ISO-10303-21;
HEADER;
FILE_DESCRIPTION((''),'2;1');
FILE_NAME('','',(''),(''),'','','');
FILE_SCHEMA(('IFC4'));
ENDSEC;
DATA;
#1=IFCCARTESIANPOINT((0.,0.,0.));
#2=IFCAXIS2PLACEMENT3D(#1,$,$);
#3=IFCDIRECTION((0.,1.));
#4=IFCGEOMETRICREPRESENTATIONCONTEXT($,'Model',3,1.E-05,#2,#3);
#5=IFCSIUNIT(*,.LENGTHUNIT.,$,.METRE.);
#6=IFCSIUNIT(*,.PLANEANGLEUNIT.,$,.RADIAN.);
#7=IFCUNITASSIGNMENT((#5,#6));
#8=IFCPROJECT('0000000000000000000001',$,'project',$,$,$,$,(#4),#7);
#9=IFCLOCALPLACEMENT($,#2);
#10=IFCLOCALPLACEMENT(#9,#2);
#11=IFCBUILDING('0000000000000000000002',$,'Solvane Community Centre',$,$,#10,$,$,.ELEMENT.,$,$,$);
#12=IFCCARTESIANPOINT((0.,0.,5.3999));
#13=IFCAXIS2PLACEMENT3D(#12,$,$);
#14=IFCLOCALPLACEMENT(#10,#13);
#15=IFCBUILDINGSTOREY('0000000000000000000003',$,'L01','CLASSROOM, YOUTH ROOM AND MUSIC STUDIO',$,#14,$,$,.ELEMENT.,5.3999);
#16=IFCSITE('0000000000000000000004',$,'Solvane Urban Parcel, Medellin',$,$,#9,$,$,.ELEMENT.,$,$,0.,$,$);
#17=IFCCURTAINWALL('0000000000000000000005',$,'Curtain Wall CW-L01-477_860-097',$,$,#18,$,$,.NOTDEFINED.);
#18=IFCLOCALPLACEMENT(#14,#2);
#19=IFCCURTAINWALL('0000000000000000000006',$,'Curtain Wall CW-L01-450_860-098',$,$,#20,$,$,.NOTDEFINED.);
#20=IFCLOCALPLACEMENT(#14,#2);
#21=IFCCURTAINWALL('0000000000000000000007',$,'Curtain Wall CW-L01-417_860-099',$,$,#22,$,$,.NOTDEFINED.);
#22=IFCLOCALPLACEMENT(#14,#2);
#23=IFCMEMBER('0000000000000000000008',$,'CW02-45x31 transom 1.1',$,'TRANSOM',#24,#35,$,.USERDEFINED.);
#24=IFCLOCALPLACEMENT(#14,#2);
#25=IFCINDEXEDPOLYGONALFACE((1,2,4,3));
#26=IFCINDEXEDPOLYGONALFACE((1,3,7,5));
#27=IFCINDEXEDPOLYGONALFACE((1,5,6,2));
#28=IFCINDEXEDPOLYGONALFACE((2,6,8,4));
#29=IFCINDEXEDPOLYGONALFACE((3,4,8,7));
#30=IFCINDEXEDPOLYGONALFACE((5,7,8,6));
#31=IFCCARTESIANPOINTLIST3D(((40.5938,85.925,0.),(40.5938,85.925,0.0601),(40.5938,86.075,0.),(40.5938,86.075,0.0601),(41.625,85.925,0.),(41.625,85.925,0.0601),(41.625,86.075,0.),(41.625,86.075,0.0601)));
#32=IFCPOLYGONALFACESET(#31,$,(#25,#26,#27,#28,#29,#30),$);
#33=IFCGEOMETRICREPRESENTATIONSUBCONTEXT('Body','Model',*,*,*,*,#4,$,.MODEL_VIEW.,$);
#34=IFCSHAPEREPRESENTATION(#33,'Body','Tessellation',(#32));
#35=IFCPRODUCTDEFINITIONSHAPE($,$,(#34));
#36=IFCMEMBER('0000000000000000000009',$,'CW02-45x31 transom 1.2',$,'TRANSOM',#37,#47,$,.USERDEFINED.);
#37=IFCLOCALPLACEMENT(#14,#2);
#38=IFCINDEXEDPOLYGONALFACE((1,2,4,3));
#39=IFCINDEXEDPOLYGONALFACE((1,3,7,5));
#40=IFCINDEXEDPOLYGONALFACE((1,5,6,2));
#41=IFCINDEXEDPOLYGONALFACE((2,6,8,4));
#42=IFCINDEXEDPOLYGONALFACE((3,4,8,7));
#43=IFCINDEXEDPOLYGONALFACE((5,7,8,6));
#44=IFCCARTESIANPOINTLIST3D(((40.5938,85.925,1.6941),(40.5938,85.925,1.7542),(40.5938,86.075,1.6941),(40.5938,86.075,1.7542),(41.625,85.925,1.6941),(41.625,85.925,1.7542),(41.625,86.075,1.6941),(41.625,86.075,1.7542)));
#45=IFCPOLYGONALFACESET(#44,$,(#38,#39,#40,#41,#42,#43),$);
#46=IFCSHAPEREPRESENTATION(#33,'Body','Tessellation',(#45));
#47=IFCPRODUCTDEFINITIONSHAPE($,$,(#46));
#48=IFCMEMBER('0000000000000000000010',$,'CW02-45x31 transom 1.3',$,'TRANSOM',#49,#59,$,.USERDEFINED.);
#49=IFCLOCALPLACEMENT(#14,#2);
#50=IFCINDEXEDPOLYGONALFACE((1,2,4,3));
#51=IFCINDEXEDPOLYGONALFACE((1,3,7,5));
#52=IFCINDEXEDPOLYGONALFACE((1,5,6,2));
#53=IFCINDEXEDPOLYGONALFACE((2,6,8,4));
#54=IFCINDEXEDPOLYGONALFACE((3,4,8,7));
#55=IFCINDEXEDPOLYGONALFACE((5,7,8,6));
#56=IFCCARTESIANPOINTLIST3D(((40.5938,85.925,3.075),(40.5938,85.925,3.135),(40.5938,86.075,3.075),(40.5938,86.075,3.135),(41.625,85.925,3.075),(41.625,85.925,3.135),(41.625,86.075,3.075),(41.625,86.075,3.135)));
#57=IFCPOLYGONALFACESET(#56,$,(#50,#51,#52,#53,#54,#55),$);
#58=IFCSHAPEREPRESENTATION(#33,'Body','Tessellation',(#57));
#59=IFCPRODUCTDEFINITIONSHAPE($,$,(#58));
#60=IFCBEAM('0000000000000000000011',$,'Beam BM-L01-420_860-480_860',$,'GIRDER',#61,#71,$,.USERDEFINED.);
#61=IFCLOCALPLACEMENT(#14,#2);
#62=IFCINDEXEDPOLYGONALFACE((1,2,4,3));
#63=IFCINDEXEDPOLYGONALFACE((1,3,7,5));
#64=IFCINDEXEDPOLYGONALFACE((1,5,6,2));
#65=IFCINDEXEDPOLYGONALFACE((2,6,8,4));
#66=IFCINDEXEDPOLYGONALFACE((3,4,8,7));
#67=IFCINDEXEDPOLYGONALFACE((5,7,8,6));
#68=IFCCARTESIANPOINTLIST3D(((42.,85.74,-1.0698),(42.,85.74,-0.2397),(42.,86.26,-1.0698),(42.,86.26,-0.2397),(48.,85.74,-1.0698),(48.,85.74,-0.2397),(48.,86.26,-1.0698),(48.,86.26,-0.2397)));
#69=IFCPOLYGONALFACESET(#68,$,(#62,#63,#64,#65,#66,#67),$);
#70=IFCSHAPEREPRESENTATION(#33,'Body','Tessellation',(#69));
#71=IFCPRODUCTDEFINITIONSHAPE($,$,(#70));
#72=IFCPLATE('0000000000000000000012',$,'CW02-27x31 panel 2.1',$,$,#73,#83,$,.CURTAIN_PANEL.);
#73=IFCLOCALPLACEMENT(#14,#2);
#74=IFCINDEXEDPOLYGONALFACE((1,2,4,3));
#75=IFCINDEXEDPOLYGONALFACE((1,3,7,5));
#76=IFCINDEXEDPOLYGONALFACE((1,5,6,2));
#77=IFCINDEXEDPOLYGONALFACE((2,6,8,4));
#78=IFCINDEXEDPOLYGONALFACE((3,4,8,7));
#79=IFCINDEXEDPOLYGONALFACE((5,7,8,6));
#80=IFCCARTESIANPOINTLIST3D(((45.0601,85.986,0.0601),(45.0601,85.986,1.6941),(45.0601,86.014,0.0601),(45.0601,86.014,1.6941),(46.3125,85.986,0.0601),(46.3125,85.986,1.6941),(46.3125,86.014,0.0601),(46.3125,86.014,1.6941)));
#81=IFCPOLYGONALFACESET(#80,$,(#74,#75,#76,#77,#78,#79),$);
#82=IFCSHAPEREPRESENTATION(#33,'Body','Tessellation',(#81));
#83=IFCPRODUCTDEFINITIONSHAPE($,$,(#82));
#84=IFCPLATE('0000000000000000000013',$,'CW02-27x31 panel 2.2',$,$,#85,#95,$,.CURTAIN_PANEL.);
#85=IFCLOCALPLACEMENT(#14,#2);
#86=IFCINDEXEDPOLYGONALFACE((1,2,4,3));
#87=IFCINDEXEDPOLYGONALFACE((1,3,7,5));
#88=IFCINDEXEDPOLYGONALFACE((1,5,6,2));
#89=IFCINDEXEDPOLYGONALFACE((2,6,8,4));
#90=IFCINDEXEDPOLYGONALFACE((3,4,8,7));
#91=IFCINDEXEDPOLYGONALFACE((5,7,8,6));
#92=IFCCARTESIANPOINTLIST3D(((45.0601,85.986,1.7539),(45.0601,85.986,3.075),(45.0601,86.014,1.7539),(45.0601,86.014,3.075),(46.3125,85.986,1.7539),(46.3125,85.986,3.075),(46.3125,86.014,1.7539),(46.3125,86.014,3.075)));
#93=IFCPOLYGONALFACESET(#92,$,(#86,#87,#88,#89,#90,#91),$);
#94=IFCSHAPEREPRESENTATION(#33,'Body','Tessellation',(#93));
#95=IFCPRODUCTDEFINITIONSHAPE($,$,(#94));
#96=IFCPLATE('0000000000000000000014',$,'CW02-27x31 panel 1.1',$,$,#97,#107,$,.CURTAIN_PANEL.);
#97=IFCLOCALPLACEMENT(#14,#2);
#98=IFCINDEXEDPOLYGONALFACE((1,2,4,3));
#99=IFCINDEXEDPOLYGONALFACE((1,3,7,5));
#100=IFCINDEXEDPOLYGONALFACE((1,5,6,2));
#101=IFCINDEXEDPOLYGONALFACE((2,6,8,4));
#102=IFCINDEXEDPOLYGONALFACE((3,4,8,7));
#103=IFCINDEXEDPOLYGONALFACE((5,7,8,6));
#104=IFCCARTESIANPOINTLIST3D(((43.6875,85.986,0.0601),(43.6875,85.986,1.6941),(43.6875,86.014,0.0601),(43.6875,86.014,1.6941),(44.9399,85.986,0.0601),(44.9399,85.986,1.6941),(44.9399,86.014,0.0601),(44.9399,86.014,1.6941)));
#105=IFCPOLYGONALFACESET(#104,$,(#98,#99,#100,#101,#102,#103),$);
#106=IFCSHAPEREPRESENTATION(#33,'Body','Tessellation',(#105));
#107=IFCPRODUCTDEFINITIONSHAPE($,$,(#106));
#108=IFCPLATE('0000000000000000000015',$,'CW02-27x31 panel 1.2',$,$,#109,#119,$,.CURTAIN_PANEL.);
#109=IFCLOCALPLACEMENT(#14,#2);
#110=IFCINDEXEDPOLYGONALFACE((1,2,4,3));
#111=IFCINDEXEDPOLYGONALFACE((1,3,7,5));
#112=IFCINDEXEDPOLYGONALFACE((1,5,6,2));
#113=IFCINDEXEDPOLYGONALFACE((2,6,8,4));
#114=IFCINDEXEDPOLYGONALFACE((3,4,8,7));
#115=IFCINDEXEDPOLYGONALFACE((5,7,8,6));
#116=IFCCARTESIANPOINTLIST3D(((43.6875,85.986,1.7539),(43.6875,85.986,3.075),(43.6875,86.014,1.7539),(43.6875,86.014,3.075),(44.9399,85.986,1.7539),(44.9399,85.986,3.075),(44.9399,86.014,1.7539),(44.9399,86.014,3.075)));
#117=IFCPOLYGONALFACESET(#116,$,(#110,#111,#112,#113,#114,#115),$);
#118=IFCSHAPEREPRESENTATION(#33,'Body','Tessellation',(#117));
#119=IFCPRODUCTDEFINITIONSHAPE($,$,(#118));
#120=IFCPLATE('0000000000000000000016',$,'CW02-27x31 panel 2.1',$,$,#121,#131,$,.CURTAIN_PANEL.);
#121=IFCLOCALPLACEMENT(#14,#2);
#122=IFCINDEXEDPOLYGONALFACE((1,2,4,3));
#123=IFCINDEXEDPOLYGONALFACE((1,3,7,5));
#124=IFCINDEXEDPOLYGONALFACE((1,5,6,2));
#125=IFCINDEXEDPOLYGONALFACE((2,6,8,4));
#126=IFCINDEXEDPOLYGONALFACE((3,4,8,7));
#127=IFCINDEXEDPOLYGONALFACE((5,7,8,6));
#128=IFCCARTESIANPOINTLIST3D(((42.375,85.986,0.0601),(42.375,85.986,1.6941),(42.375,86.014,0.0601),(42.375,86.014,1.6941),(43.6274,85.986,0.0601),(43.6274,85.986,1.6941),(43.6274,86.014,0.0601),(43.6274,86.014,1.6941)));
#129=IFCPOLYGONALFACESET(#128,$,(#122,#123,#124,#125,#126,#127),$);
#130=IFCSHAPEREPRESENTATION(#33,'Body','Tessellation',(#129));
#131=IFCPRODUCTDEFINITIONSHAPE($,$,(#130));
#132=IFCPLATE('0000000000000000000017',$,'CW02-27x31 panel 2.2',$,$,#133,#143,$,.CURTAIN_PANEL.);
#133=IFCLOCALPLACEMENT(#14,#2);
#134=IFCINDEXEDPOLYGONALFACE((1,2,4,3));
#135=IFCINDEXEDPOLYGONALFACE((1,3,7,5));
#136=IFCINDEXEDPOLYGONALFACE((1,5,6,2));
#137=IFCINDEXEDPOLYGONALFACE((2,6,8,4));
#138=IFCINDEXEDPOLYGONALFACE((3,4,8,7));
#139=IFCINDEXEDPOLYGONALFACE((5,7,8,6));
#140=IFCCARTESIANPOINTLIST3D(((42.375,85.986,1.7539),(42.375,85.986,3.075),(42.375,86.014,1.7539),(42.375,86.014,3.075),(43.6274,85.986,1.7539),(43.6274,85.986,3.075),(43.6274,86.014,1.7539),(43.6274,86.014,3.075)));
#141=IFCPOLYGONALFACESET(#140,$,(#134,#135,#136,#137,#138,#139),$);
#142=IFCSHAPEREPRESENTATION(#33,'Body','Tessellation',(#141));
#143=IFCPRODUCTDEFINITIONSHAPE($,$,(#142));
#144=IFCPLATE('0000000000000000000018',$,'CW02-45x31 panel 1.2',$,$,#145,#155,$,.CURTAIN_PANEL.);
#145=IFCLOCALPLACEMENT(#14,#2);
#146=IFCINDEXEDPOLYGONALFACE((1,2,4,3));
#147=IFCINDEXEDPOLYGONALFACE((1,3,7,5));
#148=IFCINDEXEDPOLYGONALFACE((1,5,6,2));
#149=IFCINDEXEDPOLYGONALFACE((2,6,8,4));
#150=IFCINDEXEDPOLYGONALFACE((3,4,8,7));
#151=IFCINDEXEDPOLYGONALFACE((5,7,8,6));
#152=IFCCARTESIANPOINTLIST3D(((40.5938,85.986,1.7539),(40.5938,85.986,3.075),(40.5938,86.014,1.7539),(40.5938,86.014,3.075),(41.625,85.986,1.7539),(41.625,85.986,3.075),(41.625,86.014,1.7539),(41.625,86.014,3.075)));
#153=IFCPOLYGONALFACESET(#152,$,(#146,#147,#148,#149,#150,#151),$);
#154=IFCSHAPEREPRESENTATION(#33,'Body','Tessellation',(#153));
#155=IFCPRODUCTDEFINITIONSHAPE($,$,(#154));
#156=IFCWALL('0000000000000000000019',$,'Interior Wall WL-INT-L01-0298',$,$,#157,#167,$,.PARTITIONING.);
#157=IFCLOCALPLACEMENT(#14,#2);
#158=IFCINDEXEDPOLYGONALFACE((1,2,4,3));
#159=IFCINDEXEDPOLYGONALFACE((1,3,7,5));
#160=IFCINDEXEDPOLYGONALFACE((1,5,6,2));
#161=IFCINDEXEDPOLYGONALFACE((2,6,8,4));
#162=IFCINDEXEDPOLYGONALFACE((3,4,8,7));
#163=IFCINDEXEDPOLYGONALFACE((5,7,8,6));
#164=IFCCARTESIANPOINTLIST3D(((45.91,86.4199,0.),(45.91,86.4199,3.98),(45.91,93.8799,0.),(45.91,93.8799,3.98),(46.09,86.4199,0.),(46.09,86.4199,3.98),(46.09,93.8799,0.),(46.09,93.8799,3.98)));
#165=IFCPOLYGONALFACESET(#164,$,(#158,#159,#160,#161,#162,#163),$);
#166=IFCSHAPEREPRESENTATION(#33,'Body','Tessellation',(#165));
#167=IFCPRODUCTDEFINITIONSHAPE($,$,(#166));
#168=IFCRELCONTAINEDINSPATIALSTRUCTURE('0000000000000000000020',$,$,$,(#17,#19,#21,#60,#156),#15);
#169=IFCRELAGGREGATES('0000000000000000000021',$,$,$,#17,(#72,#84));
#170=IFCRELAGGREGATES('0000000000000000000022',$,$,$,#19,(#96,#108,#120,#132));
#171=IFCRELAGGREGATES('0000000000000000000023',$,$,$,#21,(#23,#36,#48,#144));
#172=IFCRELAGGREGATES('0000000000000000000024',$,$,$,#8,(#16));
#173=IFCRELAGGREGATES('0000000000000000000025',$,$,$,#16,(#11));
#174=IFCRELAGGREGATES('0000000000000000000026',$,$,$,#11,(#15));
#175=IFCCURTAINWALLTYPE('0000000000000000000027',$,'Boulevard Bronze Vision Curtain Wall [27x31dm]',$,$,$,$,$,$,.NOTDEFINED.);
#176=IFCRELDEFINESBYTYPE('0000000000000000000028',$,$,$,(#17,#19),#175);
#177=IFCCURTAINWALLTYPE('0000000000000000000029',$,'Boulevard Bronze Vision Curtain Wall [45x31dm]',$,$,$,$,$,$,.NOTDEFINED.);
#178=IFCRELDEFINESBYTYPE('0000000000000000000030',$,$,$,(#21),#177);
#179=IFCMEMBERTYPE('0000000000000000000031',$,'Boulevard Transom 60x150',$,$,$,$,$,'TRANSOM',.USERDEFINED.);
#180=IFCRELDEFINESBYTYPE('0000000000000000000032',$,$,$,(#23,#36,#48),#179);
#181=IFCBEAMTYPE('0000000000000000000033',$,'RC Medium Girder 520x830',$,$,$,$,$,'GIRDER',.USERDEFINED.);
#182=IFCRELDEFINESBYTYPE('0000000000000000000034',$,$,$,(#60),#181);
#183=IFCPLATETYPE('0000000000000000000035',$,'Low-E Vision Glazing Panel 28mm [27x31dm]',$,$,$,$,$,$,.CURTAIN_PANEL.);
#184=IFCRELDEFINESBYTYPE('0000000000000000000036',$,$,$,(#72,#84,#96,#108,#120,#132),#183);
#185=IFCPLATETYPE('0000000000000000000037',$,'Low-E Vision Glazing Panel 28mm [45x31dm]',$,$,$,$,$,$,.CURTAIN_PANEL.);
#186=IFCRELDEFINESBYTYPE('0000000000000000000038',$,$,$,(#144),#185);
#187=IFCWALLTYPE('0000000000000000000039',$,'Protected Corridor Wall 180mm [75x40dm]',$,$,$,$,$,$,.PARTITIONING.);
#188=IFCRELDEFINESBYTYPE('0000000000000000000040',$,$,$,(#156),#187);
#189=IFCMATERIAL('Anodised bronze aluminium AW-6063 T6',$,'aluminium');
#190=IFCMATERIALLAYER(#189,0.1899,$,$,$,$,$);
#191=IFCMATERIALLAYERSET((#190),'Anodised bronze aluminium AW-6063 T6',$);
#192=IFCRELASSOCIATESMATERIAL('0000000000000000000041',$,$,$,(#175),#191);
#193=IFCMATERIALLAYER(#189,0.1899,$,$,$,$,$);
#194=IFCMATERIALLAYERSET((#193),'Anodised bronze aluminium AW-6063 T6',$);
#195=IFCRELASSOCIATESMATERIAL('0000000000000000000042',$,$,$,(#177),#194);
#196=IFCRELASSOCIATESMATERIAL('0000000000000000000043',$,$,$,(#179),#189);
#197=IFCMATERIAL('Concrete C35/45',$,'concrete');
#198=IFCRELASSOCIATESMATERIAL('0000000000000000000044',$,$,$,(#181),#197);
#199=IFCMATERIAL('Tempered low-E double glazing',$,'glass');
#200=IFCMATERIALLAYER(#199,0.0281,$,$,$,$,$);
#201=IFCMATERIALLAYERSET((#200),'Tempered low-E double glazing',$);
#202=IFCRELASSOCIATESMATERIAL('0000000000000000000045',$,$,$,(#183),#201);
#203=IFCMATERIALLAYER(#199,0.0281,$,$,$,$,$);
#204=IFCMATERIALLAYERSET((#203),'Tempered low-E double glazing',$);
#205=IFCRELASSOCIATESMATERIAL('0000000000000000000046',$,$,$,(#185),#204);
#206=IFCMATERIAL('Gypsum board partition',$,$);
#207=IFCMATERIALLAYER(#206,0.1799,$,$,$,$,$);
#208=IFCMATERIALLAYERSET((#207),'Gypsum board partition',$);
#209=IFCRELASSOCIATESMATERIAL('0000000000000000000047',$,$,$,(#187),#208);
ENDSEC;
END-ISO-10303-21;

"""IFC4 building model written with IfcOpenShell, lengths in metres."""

from ifc_helpers import new_model, si_unit, direction, frame, frame_2d, origin, origin_2d, place, context, subcontext, project, spatial, rectangle, extrude, material, layer, layer_set, material_profile, profile_set, type_object, element, aggregate, save


model = new_model("IFC4")

# Units and contexts
model_context = context("Model", 3, precision=1e-05, world=origin(), true_north=direction((0.0, 1.0)))
body_context = subcontext(model_context, "Body", "Model", "MODEL_VIEW")
ifc_project = project(units=[si_unit("LENGTHUNIT", "METRE"), si_unit("PLANEANGLEUNIT", "RADIAN")], contexts=[model_context])

# Site, building, storey
site_placement = place(None, origin())
site = spatial("IfcSite", under=ifc_project, at=site_placement, Name="Solvane Urban Parcel, Medellin", CompositionType="ELEMENT", RefElevation=0.0)
building_placement = place(site_placement, origin())
building = spatial("IfcBuilding", under=site, at=building_placement, Name="Solvane Community Centre", CompositionType="ELEMENT")
storey_placement = place(building_placement, frame((0.0, 0.0, 5.3999)))
storey = spatial("IfcBuildingStorey", under=building, at=storey_placement, Name="L01", Description="CLASSROOM, YOUTH ROOM AND MUSIC STUDIO", CompositionType="ELEMENT", Elevation=5.3999)

# Shared definitions
ifc_material_1 = material(Name="Concrete C35/45", Category="concrete")

# Curtain wall
ifc_material_2 = material(Name="Anodised bronze aluminium AW-6063 T6", Category="aluminium")
ifc_layer_1 = layer(ifc_material_2, 0.1899)
ifc_layer_set_1 = layer_set([ifc_layer_1], Name="Anodised bronze aluminium AW-6063 T6")
curtain_wall_type_1 = type_object("IfcCurtainWallType", Name="Boulevard Bronze Vision Curtain Wall [27x31dm]", PredefinedType="NOTDEFINED", material=ifc_layer_set_1)
curtain_wall_1_placement = place(storey_placement, origin())
curtain_wall_1 = element("IfcCurtainWall", 1, at=curtain_wall_1_placement, inside=storey, type_object=curtain_wall_type_1, Name="Curtain Wall CW-L01-477_860-097", PredefinedType="NOTDEFINED")

# Curtain wall
curtain_wall_2_placement = place(storey_placement, origin())
curtain_wall_2 = element("IfcCurtainWall", 2, at=curtain_wall_2_placement, inside=storey, type_object=curtain_wall_type_1, Name="Curtain Wall CW-L01-450_860-098", PredefinedType="NOTDEFINED")

# Curtain wall
ifc_layer_2 = layer(ifc_material_2, 0.1899)
ifc_layer_set_2 = layer_set([ifc_layer_2], Name="Anodised bronze aluminium AW-6063 T6")
curtain_wall_type_2 = type_object("IfcCurtainWallType", Name="Boulevard Bronze Vision Curtain Wall [45x31dm]", PredefinedType="NOTDEFINED", material=ifc_layer_set_2)
curtain_wall_3_placement = place(storey_placement, origin())
curtain_wall_3 = element("IfcCurtainWall", 3, at=curtain_wall_3_placement, inside=storey, type_object=curtain_wall_type_2, Name="Curtain Wall CW-L01-417_860-099", PredefinedType="NOTDEFINED")

# Members
ifc_material_profile_1 = material_profile(ifc_material_2, rectangle(XDim=0.1499, YDim=0.0601, at=origin_2d()), Name="CW-T 60x150")
ifc_profile_set_1 = profile_set([ifc_material_profile_1], Name="Anodised bronze aluminium AW-6063 T6")
member_type_1 = type_object("IfcMemberType", Name="Boulevard Transom 60x150", ElementType="TRANSOM", PredefinedType="USERDEFINED", material=ifc_profile_set_1)
member_1_placement = place(storey_placement, frame((41.625, 86.0, 0.03), z_axis=(-1.0, 0.0, 0.0), x_axis=(0.0, -1.0, 0.0)))
member_1 = element("IfcMember", 4, at=member_1_placement, type_object=member_type_1, Name="CW02-45x31 transom 1.1", ObjectType="TRANSOM", PredefinedType="USERDEFINED", context=body_context, shape_type="SweptSolid", body=[
    extrude(rectangle(XDim=0.1499, YDim=0.0601, at=origin_2d()), origin(), (0.0, 0.0, 1.0), 1.0312),
])
member_2_placement = place(storey_placement, frame((41.625, 86.0, 1.7241), z_axis=(-1.0, 0.0, 0.0), x_axis=(0.0, -1.0, 0.0)))
member_2 = element("IfcMember", 5, at=member_2_placement, type_object=member_type_1, Name="CW02-45x31 transom 1.2", ObjectType="TRANSOM", PredefinedType="USERDEFINED", context=body_context, shape_type="SweptSolid", body=[
    extrude(rectangle(XDim=0.1499, YDim=0.0601, at=origin_2d()), origin(), (0.0, 0.0, 1.0), 1.0312),
])
member_3_placement = place(storey_placement, frame((41.625, 86.0, 3.105), z_axis=(-1.0, 0.0, 0.0), x_axis=(0.0, -1.0, 0.0)))
member_3 = element("IfcMember", 6, at=member_3_placement, type_object=member_type_1, Name="CW02-45x31 transom 1.3", ObjectType="TRANSOM", PredefinedType="USERDEFINED", context=body_context, shape_type="SweptSolid", body=[
    extrude(rectangle(XDim=0.1499, YDim=0.0601, at=origin_2d()), origin(), (0.0, 0.0, 1.0), 1.0312),
])

# Beam
ifc_material_profile_2 = material_profile(ifc_material_1, rectangle(XDim=0.52, YDim=0.8301, at=origin_2d()), Name="RC 520x830")
ifc_profile_set_2 = profile_set([ifc_material_profile_2], Name="Concrete C35/45")
beam_type = type_object("IfcBeamType", Name="RC Medium Girder 520x830", ElementType="GIRDER", PredefinedType="USERDEFINED", material=ifc_profile_set_2)
beam_placement = place(storey_placement, frame((42.0, 86.0, -0.6548), z_axis=(1.0, 0.0, 0.0), x_axis=(0.0, 1.0, 0.0)))
element("IfcBeam", 7, at=beam_placement, inside=storey, type_object=beam_type, Name="Beam BM-L01-420_860-480_860", ObjectType="GIRDER", PredefinedType="USERDEFINED", context=body_context, shape_type="SweptSolid", body=[
    extrude(rectangle(XDim=0.52, YDim=0.8301, at=origin_2d()), origin(), (0.0, 0.0, 1.0), 6.0),
])

# Plates
ifc_material_3 = material(Name="Tempered low-E double glazing", Category="glass")
ifc_layer_3 = layer(ifc_material_3, 0.0281)
ifc_layer_set_3 = layer_set([ifc_layer_3], Name="Tempered low-E double glazing")
plate_type_1 = type_object("IfcPlateType", Name="Low-E Vision Glazing Panel 28mm [27x31dm]", PredefinedType="CURTAIN_PANEL", material=ifc_layer_set_3)
plate_1_placement = place(storey_placement, frame((45.6863, 86.0, 0.0601), z_axis=(0.0, 0.0, 1.0), x_axis=(-1.0, 0.0, 0.0)))
plate_1 = element("IfcPlate", 8, at=plate_1_placement, type_object=plate_type_1, Name="CW02-27x31 panel 2.1", PredefinedType="CURTAIN_PANEL", context=body_context, shape_type="SweptSolid", body=[
    extrude(rectangle(XDim=1.2524, YDim=0.0281, at=origin_2d()), origin(), (0.0, 0.0, 1.0), 1.634),
])
plate_2_placement = place(storey_placement, frame((45.6863, 86.0, 1.7539), z_axis=(0.0, 0.0, 1.0), x_axis=(-1.0, 0.0, 0.0)))
plate_2 = element("IfcPlate", 9, at=plate_2_placement, type_object=plate_type_1, Name="CW02-27x31 panel 2.2", PredefinedType="CURTAIN_PANEL", context=body_context, shape_type="SweptSolid", body=[
    extrude(rectangle(XDim=1.2524, YDim=0.0281, at=origin_2d()), origin(), (0.0, 0.0, 1.0), 1.321),
])
aggregate(curtain_wall_1, [plate_1, plate_2])
plate_3_placement = place(storey_placement, frame((44.3137, 86.0, 0.0601), z_axis=(0.0, 0.0, 1.0), x_axis=(-1.0, 0.0, 0.0)))
plate_3 = element("IfcPlate", 10, at=plate_3_placement, type_object=plate_type_1, Name="CW02-27x31 panel 1.1", PredefinedType="CURTAIN_PANEL", context=body_context, shape_type="SweptSolid", body=[
    extrude(rectangle(XDim=1.2524, YDim=0.0281, at=origin_2d()), origin(), (0.0, 0.0, 1.0), 1.634),
])
plate_4_placement = place(storey_placement, frame((44.3137, 86.0, 1.7539), z_axis=(0.0, 0.0, 1.0), x_axis=(-1.0, 0.0, 0.0)))
plate_4 = element("IfcPlate", 11, at=plate_4_placement, type_object=plate_type_1, Name="CW02-27x31 panel 1.2", PredefinedType="CURTAIN_PANEL", context=body_context, shape_type="SweptSolid", body=[
    extrude(rectangle(XDim=1.2524, YDim=0.0281, at=origin_2d()), origin(), (0.0, 0.0, 1.0), 1.321),
])
plate_5_placement = place(storey_placement, frame((43.0012, 86.0, 0.0601), z_axis=(0.0, 0.0, 1.0), x_axis=(-1.0, 0.0, 0.0)))
plate_5 = element("IfcPlate", 12, at=plate_5_placement, type_object=plate_type_1, Name="CW02-27x31 panel 2.1", PredefinedType="CURTAIN_PANEL", context=body_context, shape_type="SweptSolid", body=[
    extrude(rectangle(XDim=1.2524, YDim=0.0281, at=origin_2d()), origin(), (0.0, 0.0, 1.0), 1.634),
])
plate_6_placement = place(storey_placement, frame((43.0012, 86.0, 1.7539), z_axis=(0.0, 0.0, 1.0), x_axis=(-1.0, 0.0, 0.0)))
plate_6 = element("IfcPlate", 13, at=plate_6_placement, type_object=plate_type_1, Name="CW02-27x31 panel 2.2", PredefinedType="CURTAIN_PANEL", context=body_context, shape_type="SweptSolid", body=[
    extrude(rectangle(XDim=1.2524, YDim=0.0281, at=origin_2d()), origin(), (0.0, 0.0, 1.0), 1.321),
])
aggregate(curtain_wall_2, [plate_3, plate_4, plate_5, plate_6])
ifc_layer_4 = layer(ifc_material_3, 0.0281)
ifc_layer_set_4 = layer_set([ifc_layer_4], Name="Tempered low-E double glazing")
plate_type_2 = type_object("IfcPlateType", Name="Low-E Vision Glazing Panel 28mm [45x31dm]", PredefinedType="CURTAIN_PANEL", material=ifc_layer_set_4)
plate_7_placement = place(storey_placement, frame((41.1094, 86.0, 1.7539), z_axis=(0.0, 0.0, 1.0), x_axis=(-1.0, 0.0, 0.0)))
plate_7 = element("IfcPlate", 14, at=plate_7_placement, type_object=plate_type_2, Name="CW02-45x31 panel 1.2", PredefinedType="CURTAIN_PANEL", context=body_context, shape_type="SweptSolid", body=[
    extrude(rectangle(XDim=1.0312, YDim=0.0281, at=origin_2d()), origin(), (0.0, 0.0, 1.0), 1.321),
])
aggregate(curtain_wall_3, [member_1, member_2, member_3, plate_7])

# Wall
ifc_material_4 = material(Name="Gypsum board partition")
ifc_layer_5 = layer(ifc_material_4, 0.1799)
ifc_layer_set_5 = layer_set([ifc_layer_5], Name="Gypsum board partition")
wall_type = type_object("IfcWallType", Name="Protected Corridor Wall 180mm [75x40dm]", PredefinedType="PARTITIONING", material=ifc_layer_set_5)
wall_placement = place(storey_placement, frame((46.0, 86.4199, 0.0), z_axis=(0.0, 0.0, 1.0), x_axis=(0.0, 1.0, 0.0)))
element("IfcWall", 15, at=wall_placement, inside=storey, type_object=wall_type, Name="Interior Wall WL-INT-L01-0298", PredefinedType="PARTITIONING", context=body_context, shape_type="SweptSolid", body=[
    extrude(rectangle(XDim=7.46, YDim=0.1799, at=frame_2d((3.73, 0.0))), origin(), (0.0, 0.0, 1.0), 3.98),
])

save(model, "model.ifc")
